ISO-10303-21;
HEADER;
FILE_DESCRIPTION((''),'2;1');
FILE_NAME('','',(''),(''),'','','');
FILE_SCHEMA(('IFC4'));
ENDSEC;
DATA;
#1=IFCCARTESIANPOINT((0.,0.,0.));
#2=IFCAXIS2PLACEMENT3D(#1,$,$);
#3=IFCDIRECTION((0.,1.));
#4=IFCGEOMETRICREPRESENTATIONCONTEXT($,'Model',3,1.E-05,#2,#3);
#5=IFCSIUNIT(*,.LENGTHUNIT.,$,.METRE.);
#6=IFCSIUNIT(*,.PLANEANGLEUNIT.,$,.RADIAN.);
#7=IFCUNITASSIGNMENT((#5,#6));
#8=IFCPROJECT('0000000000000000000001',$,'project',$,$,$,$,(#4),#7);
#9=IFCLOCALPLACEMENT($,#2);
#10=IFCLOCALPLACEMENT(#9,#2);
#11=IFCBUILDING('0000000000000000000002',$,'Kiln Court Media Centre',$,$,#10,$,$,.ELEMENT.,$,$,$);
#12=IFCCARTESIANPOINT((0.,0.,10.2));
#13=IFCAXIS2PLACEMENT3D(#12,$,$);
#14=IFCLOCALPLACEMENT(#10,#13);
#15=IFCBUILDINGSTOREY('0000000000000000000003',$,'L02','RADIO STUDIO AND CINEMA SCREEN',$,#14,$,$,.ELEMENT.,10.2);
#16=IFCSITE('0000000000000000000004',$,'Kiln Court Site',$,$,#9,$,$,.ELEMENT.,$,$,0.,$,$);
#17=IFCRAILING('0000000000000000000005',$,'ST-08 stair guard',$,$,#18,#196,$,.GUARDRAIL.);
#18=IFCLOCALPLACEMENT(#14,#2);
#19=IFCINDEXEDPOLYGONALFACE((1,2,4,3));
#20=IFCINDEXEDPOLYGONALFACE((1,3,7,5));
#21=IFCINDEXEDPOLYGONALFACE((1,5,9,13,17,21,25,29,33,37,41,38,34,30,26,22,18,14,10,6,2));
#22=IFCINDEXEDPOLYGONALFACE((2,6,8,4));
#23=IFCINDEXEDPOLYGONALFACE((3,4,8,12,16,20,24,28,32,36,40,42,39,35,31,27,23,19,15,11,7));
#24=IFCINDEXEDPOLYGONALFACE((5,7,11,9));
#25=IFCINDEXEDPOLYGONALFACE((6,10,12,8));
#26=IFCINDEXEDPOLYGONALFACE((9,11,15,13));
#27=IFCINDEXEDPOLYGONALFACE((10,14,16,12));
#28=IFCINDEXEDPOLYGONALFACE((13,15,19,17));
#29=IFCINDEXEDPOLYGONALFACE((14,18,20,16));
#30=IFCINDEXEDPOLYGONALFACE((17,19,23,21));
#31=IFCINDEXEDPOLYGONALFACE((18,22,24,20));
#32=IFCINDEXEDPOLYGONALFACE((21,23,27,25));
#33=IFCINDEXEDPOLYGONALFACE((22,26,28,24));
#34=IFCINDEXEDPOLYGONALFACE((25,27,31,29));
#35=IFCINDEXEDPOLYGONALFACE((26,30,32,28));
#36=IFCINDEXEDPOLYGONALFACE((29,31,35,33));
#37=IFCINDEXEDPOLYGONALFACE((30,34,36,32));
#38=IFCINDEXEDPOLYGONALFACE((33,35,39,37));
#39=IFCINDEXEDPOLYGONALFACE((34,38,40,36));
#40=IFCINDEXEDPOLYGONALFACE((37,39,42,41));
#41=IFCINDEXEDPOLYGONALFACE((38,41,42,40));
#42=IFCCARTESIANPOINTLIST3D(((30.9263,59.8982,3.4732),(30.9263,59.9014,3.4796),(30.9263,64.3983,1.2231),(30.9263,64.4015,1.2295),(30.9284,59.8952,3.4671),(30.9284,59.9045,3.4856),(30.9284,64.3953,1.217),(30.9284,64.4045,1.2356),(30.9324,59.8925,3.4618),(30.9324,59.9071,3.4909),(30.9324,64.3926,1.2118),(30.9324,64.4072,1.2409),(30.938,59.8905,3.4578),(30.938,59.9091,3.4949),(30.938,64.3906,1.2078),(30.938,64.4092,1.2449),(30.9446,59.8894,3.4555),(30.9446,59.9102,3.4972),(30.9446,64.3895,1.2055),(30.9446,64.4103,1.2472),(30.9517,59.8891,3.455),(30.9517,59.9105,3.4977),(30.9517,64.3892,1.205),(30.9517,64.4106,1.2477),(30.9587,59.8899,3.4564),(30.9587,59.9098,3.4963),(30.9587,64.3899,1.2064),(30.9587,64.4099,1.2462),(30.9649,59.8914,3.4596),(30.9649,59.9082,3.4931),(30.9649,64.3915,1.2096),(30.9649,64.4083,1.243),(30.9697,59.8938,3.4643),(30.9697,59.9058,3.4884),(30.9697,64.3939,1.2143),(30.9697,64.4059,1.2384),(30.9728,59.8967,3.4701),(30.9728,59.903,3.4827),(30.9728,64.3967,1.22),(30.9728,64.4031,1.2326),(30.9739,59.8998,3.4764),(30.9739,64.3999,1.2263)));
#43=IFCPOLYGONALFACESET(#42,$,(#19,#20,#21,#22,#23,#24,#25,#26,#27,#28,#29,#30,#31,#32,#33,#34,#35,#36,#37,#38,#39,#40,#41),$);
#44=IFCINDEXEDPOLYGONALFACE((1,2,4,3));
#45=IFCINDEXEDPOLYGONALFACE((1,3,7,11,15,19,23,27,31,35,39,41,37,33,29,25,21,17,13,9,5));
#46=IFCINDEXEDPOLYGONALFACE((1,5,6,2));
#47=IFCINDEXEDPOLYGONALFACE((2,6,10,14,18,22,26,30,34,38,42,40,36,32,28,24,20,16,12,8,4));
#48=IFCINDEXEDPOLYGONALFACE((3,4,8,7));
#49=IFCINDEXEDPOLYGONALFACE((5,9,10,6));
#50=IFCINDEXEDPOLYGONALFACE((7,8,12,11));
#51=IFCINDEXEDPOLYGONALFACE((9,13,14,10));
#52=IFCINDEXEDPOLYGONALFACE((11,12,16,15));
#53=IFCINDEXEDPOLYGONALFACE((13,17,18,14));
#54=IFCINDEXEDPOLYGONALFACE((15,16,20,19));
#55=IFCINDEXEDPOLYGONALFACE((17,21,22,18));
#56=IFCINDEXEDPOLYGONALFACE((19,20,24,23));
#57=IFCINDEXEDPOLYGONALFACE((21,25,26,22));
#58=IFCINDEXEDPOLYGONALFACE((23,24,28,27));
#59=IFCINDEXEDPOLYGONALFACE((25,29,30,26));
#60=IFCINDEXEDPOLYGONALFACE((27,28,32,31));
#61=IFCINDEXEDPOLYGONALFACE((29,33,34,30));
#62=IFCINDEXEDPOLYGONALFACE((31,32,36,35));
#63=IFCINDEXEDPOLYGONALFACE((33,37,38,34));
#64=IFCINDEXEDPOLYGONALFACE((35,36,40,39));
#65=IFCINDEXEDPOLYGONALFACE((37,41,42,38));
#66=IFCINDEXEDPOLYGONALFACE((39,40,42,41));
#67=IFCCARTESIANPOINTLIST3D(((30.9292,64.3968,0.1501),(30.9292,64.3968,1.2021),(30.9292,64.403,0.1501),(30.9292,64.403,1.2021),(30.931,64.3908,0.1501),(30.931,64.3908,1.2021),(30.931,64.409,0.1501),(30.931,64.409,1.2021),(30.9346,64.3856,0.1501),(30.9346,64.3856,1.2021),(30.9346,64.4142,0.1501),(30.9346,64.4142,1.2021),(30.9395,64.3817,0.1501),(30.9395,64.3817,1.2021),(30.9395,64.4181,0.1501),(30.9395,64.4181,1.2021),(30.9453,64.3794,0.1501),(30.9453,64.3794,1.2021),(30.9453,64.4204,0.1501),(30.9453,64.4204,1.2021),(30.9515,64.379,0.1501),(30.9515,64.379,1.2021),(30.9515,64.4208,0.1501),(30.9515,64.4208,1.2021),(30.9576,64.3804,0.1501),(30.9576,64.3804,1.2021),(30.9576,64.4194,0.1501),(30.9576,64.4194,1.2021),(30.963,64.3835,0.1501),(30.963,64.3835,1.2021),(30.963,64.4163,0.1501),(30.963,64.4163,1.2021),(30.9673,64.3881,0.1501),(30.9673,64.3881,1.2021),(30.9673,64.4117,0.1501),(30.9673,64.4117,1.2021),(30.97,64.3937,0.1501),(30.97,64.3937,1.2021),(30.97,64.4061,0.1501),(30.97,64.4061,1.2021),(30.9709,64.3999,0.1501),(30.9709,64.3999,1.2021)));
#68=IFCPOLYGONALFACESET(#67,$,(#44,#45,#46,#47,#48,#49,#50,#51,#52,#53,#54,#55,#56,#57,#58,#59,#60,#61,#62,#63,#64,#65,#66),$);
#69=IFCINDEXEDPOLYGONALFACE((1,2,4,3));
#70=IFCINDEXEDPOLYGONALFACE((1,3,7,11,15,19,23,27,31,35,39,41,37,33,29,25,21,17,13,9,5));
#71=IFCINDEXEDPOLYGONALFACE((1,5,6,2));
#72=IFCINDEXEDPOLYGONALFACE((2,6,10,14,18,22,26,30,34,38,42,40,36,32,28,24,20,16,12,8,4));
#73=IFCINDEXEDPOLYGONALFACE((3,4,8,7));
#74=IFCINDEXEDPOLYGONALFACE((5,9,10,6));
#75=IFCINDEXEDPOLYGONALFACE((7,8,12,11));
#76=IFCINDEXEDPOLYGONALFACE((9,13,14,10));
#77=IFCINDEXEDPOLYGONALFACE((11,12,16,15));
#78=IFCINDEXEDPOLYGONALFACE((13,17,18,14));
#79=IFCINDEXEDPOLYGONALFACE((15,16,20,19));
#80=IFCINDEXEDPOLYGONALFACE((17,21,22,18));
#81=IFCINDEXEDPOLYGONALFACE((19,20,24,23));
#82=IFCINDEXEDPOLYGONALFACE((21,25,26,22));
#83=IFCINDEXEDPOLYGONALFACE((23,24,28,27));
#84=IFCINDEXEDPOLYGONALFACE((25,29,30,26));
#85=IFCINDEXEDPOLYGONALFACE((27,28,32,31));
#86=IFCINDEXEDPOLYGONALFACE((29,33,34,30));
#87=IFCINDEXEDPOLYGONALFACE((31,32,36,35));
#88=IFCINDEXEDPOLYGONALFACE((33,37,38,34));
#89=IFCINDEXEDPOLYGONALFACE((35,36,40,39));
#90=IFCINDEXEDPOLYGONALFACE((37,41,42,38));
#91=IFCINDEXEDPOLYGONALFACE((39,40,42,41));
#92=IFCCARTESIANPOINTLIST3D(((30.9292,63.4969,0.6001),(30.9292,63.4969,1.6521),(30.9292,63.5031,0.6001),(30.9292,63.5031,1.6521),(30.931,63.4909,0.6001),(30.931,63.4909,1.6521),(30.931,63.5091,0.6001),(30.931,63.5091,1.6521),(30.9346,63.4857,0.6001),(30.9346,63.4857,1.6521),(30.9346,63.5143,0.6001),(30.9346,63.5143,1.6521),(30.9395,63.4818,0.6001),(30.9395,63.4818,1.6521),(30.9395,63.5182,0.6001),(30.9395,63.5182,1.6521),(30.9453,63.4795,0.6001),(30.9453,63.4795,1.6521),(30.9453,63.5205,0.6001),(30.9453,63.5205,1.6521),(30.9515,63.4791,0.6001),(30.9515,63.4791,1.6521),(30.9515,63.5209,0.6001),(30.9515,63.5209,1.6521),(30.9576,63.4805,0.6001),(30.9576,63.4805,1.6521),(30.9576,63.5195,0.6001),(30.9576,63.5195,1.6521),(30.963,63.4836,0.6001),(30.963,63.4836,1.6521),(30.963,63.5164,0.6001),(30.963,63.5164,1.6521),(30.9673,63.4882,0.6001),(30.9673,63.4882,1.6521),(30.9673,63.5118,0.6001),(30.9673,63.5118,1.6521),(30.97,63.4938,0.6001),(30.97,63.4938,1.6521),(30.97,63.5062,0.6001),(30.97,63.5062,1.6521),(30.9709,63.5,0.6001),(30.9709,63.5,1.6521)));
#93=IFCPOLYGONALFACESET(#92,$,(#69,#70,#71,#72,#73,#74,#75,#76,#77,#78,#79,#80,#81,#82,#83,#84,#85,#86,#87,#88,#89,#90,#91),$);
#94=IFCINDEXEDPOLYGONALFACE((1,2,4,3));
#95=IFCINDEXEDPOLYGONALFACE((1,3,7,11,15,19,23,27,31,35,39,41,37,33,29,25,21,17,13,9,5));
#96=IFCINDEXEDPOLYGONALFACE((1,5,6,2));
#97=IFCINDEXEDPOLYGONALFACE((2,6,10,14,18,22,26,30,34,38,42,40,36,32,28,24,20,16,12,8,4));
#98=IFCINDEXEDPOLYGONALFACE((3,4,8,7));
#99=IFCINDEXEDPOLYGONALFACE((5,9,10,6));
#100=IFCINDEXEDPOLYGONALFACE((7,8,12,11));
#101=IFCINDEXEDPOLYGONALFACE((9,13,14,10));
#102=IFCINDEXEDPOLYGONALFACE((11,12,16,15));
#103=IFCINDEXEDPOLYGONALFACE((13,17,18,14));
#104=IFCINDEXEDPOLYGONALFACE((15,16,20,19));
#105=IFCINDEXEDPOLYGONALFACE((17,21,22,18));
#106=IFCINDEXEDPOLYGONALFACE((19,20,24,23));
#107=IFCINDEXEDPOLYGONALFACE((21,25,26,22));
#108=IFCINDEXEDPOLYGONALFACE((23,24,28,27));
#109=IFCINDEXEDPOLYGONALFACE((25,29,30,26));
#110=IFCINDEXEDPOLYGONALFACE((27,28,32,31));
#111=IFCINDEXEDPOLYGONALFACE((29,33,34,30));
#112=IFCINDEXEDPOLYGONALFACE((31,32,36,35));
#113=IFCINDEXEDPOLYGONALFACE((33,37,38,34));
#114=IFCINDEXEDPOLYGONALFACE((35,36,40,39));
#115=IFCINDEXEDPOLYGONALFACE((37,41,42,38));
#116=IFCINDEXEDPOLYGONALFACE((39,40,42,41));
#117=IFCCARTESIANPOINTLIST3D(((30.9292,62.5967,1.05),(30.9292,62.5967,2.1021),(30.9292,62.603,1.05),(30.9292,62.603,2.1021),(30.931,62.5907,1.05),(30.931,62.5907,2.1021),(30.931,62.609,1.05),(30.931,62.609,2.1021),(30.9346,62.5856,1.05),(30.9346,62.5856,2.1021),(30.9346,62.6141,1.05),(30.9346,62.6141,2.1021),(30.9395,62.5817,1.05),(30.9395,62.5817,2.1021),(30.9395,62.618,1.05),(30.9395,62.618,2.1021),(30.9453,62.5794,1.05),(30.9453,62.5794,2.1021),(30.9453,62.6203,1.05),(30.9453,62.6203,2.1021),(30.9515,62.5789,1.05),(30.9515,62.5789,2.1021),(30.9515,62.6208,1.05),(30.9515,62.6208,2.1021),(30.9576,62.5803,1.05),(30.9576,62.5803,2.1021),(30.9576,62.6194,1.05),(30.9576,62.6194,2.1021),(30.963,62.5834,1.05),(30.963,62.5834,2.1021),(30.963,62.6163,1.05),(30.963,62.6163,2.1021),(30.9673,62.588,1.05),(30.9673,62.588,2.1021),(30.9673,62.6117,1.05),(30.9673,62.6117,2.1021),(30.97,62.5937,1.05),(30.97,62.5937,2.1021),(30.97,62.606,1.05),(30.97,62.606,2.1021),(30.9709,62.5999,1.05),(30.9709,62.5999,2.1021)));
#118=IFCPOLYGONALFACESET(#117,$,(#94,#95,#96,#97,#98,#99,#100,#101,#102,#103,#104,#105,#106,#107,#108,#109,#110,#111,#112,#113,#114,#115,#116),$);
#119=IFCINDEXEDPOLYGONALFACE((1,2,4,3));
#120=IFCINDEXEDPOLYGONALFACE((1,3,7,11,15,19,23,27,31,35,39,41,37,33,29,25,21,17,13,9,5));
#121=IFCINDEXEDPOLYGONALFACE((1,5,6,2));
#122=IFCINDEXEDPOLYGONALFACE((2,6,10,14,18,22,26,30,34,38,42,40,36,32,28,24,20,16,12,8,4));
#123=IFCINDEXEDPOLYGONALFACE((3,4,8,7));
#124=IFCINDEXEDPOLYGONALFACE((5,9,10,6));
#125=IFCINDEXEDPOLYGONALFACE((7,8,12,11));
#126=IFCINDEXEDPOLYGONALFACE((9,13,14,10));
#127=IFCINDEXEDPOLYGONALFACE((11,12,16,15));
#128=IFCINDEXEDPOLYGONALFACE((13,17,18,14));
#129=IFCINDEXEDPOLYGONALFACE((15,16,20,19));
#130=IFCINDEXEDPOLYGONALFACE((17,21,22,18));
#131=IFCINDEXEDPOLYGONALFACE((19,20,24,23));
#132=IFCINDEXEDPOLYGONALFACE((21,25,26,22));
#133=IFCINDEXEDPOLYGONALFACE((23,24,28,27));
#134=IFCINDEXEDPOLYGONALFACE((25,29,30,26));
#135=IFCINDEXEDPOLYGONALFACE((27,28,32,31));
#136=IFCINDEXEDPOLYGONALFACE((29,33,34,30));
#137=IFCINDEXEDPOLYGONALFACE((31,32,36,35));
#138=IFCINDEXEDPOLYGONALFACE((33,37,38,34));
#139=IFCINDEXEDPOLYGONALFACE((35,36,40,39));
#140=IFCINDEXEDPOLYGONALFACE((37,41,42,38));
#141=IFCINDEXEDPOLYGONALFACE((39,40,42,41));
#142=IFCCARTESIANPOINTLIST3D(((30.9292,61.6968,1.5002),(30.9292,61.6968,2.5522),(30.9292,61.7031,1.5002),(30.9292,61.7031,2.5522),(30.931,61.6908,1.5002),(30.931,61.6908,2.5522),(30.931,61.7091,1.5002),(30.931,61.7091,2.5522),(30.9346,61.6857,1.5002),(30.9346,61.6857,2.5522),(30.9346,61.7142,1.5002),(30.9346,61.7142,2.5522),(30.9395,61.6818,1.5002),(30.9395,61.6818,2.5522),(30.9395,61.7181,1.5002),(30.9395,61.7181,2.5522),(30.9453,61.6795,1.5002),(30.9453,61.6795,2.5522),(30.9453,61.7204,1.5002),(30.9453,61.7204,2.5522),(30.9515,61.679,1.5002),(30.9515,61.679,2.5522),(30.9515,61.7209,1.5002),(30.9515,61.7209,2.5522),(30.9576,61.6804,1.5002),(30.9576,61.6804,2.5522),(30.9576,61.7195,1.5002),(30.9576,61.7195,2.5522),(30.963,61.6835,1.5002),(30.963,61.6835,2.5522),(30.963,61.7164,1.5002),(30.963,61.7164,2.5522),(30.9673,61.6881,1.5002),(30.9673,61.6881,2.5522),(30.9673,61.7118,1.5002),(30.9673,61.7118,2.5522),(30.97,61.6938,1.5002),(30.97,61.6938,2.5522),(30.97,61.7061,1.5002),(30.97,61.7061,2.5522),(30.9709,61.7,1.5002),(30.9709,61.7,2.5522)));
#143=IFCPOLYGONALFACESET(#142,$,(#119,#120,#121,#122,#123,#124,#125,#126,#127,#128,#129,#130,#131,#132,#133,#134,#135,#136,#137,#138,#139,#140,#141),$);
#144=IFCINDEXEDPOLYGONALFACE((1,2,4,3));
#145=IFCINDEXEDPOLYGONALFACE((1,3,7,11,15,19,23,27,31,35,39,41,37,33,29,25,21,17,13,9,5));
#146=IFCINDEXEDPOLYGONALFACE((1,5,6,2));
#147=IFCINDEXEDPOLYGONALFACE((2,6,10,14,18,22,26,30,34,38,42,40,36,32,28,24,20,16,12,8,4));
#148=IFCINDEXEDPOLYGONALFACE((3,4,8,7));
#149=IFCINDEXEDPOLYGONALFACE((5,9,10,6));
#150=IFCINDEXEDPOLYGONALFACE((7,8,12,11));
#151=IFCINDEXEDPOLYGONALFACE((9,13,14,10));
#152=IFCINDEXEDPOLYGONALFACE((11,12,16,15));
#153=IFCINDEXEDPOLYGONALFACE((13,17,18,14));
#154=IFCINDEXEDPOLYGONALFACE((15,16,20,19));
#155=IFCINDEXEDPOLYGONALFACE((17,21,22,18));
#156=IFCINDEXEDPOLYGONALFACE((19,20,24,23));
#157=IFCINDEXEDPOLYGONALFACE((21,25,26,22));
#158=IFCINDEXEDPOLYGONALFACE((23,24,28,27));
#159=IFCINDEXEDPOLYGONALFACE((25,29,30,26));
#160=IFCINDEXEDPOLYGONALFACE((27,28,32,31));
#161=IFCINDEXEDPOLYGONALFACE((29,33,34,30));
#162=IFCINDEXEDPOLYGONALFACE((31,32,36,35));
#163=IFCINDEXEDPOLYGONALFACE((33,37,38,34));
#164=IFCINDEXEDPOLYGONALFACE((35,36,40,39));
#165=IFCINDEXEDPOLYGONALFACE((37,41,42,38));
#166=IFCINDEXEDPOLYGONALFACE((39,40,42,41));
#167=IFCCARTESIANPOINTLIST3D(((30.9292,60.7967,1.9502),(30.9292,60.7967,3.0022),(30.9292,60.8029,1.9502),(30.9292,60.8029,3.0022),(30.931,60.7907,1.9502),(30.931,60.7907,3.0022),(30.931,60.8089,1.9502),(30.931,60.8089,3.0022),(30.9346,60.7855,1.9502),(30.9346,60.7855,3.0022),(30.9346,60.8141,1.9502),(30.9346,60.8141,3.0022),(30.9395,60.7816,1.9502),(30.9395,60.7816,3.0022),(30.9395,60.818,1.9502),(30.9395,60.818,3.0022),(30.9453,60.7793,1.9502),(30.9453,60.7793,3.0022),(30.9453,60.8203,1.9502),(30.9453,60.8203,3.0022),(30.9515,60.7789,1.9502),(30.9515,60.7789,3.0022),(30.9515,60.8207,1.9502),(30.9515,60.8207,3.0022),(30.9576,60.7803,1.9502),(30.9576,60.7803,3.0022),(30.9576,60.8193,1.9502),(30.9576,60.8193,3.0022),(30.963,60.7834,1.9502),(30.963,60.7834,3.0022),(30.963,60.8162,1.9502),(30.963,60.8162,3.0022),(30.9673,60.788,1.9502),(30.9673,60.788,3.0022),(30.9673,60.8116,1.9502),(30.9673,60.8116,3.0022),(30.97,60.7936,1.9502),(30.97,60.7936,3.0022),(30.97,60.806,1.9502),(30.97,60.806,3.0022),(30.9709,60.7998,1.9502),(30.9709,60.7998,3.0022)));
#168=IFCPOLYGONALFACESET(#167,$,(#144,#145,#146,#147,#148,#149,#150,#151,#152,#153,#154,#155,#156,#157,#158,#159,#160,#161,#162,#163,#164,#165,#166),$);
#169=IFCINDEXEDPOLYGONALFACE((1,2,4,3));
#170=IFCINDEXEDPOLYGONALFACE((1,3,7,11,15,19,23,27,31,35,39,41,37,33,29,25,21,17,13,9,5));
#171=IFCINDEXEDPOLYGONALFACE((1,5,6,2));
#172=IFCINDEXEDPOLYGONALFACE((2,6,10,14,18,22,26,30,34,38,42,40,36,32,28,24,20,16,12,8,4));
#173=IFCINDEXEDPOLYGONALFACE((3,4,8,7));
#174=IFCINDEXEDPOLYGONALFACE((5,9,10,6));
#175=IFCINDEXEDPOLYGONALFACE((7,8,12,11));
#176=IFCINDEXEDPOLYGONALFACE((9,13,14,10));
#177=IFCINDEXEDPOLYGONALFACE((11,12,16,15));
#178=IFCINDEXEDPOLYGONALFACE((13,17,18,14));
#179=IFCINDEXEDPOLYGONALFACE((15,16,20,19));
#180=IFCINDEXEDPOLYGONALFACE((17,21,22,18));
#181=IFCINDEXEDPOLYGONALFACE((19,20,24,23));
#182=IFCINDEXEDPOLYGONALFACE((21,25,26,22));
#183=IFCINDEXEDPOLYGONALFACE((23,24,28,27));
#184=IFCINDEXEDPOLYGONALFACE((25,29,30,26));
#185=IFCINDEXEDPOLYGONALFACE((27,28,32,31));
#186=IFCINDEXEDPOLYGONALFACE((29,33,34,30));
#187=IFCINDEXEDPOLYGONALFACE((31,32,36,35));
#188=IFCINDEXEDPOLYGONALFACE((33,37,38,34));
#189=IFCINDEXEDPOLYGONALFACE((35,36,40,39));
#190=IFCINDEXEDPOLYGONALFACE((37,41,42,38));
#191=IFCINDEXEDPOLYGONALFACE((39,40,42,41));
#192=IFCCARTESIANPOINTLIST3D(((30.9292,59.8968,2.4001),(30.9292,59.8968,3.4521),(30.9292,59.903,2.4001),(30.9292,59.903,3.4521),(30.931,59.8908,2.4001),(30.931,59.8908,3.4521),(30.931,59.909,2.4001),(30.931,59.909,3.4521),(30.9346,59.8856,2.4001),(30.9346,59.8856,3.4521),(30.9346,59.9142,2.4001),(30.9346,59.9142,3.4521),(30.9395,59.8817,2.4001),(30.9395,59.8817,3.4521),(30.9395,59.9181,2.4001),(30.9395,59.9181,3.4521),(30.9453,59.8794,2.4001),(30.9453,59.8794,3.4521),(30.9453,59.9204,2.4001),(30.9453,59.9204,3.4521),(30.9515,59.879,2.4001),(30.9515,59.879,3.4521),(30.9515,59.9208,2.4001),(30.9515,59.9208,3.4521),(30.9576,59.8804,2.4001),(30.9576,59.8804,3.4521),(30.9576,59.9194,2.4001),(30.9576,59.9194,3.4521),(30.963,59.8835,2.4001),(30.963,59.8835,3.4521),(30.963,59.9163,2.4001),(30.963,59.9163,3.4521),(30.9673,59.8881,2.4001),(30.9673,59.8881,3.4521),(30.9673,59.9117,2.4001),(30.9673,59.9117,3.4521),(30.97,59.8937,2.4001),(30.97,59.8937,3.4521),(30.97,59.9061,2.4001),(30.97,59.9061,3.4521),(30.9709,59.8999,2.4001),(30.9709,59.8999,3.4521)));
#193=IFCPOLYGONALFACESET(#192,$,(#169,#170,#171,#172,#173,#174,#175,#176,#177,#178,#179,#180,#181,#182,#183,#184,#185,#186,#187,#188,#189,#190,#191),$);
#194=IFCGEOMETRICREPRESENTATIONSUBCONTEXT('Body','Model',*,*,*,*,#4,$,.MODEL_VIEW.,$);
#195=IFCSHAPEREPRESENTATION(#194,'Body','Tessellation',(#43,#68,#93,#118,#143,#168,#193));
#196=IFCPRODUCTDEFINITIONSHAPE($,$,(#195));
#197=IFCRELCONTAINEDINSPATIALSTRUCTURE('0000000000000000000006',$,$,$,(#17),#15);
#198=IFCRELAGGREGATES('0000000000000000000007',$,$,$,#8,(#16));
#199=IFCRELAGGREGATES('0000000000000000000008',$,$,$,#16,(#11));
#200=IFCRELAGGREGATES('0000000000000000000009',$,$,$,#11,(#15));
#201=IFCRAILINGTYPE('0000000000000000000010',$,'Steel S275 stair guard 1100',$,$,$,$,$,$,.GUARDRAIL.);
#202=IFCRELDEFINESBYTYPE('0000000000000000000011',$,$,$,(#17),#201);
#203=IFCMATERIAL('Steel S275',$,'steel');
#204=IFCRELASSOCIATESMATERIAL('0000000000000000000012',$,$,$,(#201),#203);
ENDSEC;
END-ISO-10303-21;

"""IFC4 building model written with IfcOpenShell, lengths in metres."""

from ifc_helpers import new_model, si_unit, direction, frame, origin, origin_2d, place, context, subcontext, project, spatial, circle, extrude, material, type_object, element, save


model = new_model("IFC4")

# Units and contexts
model_context = context("Model", 3, precision=1e-05, world=origin(), true_north=direction((0.0, 1.0)))
body_context = subcontext(model_context, "Body", "Model", "MODEL_VIEW")
ifc_project = project(units=[si_unit("LENGTHUNIT", "METRE"), si_unit("PLANEANGLEUNIT", "RADIAN")], contexts=[model_context])

# Site, building, storey
site_placement = place(None, origin())
site = spatial("IfcSite", under=ifc_project, at=site_placement, Name="Kiln Court Site", CompositionType="ELEMENT", RefElevation=0.0)
building_placement = place(site_placement, origin())
building = spatial("IfcBuilding", under=site, at=building_placement, Name="Kiln Court Media Centre", CompositionType="ELEMENT")
storey_placement = place(building_placement, frame((0.0, 0.0, 10.2)))
storey = spatial("IfcBuildingStorey", under=building, at=storey_placement, Name="L02", Description="RADIO STUDIO AND CINEMA SCREEN", CompositionType="ELEMENT", Elevation=10.2)

# Railing
ifc_material_1 = material(Name="Steel S275", Category="steel")
railing_type_1 = type_object("IfcRailingType", Name="Steel S275 stair guard 1100", PredefinedType="GUARDRAIL", material=ifc_material_1)
railing_1_placement = place(storey_placement, frame((30.95, 64.3999, 0.1501)))
element("IfcRailing", 1, at=railing_1_placement, inside=storey, type_object=railing_type_1, Name="ST-08 stair guard", PredefinedType="GUARDRAIL", context=body_context, shape_type="SweptSolid", body=[
    extrude(circle(Radius=0.0239, at=origin_2d()), frame((0.0, 0.0, 1.0762), z_axis=(0.0, -0.894427, 0.447214), x_axis=(1.0, 0.0, 0.0)), (0.0, 0.0, 1.0), 5.0312),
    extrude(circle(Radius=0.021, at=origin_2d()), origin(), (0.0, 0.0, 1.0), 1.052),
    extrude(circle(Radius=0.021, at=origin_2d()), frame((0.0, -0.8999, 0.45)), (0.0, 0.0, 1.0), 1.052),
    extrude(circle(Radius=0.021, at=origin_2d()), frame((0.0, -1.8, 0.8999)), (0.0, 0.0, 1.0), 1.052),
    extrude(circle(Radius=0.021, at=origin_2d()), frame((0.0, -2.7, 1.3501)), (0.0, 0.0, 1.0), 1.052),
    extrude(circle(Radius=0.021, at=origin_2d()), frame((0.0, -3.6001, 1.8)), (0.0, 0.0, 1.0), 1.052),
    extrude(circle(Radius=0.021, at=origin_2d()), frame((0.0, -4.5, 2.25)), (0.0, 0.0, 1.0), 1.052),
])

save(model, "model.ifc")
